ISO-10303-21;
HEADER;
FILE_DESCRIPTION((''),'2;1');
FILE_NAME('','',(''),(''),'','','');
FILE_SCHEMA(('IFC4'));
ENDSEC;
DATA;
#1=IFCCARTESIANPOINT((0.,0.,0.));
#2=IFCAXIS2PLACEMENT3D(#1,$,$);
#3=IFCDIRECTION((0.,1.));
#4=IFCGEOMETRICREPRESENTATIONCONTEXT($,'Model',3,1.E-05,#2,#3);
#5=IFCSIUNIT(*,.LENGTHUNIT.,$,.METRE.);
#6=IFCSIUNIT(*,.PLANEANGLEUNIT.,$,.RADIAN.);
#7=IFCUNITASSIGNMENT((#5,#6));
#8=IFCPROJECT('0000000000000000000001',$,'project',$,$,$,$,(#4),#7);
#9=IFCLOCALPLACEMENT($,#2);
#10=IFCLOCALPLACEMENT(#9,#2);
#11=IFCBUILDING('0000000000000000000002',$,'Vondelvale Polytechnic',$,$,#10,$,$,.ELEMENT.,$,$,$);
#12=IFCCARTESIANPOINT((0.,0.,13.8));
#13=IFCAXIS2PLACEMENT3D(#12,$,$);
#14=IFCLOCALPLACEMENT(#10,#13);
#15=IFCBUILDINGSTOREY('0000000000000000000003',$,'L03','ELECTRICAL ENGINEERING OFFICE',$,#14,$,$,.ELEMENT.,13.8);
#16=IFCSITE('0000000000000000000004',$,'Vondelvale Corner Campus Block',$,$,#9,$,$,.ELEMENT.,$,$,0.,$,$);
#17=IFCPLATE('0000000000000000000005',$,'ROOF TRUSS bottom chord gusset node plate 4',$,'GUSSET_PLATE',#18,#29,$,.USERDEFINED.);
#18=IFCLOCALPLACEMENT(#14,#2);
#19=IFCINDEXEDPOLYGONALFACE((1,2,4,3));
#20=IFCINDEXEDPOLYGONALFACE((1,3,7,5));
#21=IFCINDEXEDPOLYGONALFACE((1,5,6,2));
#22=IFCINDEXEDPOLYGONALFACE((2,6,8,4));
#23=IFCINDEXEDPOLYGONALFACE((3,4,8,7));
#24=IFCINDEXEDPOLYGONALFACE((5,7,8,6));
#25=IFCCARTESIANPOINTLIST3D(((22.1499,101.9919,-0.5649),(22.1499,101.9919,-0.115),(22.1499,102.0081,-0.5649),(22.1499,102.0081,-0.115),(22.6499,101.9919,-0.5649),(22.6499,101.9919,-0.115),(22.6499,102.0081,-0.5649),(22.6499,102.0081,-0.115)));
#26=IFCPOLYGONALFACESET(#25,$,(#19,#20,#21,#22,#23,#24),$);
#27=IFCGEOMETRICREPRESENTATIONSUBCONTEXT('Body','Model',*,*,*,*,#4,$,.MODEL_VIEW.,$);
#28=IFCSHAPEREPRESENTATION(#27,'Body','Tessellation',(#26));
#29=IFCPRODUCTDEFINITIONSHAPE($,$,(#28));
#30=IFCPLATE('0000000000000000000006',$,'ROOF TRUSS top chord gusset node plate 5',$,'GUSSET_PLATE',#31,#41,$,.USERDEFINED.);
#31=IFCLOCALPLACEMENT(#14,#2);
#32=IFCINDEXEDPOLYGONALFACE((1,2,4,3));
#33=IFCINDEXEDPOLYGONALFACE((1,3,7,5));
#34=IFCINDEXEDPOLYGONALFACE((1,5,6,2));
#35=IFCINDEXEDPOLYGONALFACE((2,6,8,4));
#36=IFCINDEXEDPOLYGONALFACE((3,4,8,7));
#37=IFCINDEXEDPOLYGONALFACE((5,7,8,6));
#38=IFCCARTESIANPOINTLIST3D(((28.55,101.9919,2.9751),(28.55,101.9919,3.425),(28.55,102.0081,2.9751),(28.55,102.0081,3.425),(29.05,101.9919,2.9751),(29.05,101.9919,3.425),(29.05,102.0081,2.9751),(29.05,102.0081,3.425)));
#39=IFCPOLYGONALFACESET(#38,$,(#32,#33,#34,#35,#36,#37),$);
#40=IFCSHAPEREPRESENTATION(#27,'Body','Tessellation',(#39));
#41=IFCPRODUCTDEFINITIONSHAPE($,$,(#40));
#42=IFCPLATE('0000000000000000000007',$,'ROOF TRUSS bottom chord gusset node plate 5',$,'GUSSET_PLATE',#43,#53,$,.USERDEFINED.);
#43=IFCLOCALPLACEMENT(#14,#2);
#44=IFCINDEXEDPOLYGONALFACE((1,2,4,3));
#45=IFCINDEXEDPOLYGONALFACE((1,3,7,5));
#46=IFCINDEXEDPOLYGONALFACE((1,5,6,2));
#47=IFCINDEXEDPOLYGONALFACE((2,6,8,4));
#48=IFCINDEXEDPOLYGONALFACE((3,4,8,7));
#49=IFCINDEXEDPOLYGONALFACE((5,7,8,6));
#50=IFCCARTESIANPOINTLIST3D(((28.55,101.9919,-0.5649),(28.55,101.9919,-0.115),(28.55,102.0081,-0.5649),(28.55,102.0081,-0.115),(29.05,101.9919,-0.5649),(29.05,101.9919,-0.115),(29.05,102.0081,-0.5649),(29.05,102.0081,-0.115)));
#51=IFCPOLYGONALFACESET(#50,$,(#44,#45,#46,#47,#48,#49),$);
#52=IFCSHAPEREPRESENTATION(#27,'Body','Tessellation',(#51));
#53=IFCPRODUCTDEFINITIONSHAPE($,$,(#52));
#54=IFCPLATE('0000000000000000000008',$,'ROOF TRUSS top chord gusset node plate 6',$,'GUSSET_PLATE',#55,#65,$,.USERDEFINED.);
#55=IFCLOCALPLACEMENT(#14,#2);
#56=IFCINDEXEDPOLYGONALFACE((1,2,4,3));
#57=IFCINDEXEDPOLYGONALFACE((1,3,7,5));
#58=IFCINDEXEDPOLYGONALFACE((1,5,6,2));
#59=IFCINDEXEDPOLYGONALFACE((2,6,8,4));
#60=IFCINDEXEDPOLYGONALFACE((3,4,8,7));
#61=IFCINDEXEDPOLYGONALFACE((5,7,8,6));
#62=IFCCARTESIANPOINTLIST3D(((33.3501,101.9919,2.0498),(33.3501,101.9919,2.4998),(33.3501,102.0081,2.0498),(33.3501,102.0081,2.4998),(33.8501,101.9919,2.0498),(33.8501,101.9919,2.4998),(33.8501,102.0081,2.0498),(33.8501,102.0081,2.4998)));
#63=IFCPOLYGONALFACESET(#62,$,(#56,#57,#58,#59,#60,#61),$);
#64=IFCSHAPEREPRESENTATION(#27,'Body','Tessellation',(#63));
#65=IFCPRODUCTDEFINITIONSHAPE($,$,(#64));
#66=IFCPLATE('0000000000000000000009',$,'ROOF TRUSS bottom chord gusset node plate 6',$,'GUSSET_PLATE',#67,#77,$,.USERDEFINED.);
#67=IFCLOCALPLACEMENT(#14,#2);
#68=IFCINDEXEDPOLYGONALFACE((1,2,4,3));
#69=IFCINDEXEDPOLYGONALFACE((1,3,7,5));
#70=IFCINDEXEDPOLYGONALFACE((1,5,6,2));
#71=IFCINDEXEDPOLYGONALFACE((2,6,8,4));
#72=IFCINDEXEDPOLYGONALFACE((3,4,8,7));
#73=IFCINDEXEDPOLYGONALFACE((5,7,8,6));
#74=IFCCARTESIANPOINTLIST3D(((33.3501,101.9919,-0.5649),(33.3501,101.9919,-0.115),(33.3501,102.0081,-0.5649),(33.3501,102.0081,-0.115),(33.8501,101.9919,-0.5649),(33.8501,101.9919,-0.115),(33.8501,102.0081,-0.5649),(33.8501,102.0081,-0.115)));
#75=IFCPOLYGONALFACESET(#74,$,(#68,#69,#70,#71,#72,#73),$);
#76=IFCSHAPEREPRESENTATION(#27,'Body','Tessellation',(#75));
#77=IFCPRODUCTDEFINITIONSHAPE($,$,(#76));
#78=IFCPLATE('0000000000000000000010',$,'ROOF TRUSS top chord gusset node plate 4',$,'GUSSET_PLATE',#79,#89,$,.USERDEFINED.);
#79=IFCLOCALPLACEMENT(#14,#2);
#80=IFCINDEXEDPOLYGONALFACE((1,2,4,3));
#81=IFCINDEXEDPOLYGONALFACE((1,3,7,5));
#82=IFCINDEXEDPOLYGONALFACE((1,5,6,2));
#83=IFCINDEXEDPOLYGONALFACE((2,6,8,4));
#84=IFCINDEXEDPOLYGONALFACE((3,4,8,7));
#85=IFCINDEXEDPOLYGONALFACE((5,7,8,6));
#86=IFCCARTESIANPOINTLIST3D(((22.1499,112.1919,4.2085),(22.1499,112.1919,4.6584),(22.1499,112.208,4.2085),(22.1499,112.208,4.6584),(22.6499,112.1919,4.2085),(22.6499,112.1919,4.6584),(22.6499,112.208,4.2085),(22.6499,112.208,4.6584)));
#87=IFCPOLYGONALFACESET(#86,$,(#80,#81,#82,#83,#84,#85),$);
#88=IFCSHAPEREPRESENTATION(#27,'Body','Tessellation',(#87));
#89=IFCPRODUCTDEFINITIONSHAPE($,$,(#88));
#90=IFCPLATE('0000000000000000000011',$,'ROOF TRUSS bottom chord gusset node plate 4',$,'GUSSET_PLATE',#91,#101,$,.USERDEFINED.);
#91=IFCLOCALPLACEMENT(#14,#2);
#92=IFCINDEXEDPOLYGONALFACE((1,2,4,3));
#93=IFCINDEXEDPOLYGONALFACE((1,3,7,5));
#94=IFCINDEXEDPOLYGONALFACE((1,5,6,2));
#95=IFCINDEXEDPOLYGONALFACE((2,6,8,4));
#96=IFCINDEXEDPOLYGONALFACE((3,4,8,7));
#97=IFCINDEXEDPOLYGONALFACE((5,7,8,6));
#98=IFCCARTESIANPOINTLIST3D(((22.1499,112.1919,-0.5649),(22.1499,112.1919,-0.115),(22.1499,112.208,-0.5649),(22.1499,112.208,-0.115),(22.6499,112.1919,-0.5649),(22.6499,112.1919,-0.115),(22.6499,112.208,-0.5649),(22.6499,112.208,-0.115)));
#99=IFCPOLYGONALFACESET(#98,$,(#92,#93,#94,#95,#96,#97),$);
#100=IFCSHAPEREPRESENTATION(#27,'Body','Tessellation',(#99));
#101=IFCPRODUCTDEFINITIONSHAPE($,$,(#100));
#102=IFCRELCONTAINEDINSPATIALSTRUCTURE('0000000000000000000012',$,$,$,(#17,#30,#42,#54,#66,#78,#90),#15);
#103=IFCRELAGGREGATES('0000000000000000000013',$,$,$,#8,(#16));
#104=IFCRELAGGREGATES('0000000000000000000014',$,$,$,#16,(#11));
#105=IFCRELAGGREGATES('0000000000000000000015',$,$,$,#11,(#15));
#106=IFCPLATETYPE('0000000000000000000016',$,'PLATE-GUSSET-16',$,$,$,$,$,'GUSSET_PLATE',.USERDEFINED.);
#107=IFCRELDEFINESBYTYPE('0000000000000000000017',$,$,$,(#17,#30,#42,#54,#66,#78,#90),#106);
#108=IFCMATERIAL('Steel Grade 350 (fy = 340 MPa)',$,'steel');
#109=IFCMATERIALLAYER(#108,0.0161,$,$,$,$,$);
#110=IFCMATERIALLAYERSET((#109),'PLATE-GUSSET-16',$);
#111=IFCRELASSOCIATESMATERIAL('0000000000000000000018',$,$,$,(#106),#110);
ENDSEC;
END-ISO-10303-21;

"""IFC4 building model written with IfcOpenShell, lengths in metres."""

from ifc_helpers import new_model, si_unit, direction, frame, origin, origin_2d, place, context, subcontext, project, spatial, rectangle, extrude, material, layer, layer_set, type_object, element, save


model = new_model("IFC4")

# Units and contexts
model_context = context("Model", 3, precision=1e-05, world=origin(), true_north=direction((0.0, 1.0)))
body_context = subcontext(model_context, "Body", "Model", "MODEL_VIEW")
ifc_project = project(units=[si_unit("LENGTHUNIT", "METRE"), si_unit("PLANEANGLEUNIT", "RADIAN")], contexts=[model_context])

# Site, building, storey
site_placement = place(None, origin())
site = spatial("IfcSite", under=ifc_project, at=site_placement, Name="Vondelvale Corner Campus Block", CompositionType="ELEMENT", RefElevation=0.0)
building_placement = place(site_placement, origin())
building = spatial("IfcBuilding", under=site, at=building_placement, Name="Vondelvale Polytechnic", CompositionType="ELEMENT")
storey_placement = place(building_placement, frame((0.0, 0.0, 13.8)))
storey = spatial("IfcBuildingStorey", under=building, at=storey_placement, Name="L03", Description="ELECTRICAL ENGINEERING OFFICE", CompositionType="ELEMENT", Elevation=13.8)

# Plates
ifc_material_1 = material(Name="Steel Grade 350 (fy = 340 MPa)", Category="steel")
ifc_layer = layer(ifc_material_1, 0.0161)
ifc_layer_set = layer_set([ifc_layer], Name="PLATE-GUSSET-16")
plate_type = type_object("IfcPlateType", Name="PLATE-GUSSET-16", ElementType="GUSSET_PLATE", PredefinedType="USERDEFINED", material=ifc_layer_set)
for number, where, z_axis, x_axis, name in (
    (1, (22.3999, 102.0, -0.5649), (0.0, 0.0, 1.0), (1.0, 0.0, 0.0), "ROOF TRUSS bottom chord gusset node plate 4"),
    (2, (28.8, 102.0, 2.9751), (0.0, 0.0, 1.0), (1.0, 0.0, 0.0), "ROOF TRUSS top chord gusset node plate 5"),
    (3, (28.8, 102.0, -0.5649), (0.0, 0.0, 1.0), (1.0, 0.0, 0.0), "ROOF TRUSS bottom chord gusset node plate 5"),
    (4, (33.6001, 102.0, 2.0498), (0.0, 0.0, 1.0), (1.0, 0.0, 0.0), "ROOF TRUSS top chord gusset node plate 6"),
    (5, (33.6001, 102.0, -0.5649), (0.0, 0.0, 1.0), (1.0, 0.0, 0.0), "ROOF TRUSS bottom chord gusset node plate 6"),
    (6, (22.3999, 112.2, 4.2085), (0.0, 0.0, 1.0), (1.0, 0.0, 0.0), "ROOF TRUSS top chord gusset node plate 4"),
    (7, (22.3999, 112.2, -0.5649), (0.0, 0.0, 1.0), (1.0, 0.0, 0.0), "ROOF TRUSS bottom chord gusset node plate 4"),
):
    element("IfcPlate", number, at=place(storey_placement, frame(where, z_axis=z_axis, x_axis=x_axis)), inside=storey, type_object=plate_type, Name=name, ObjectType="GUSSET_PLATE", PredefinedType="USERDEFINED", context=body_context, shape_type="SweptSolid", body=[
        extrude(rectangle(XDim=0.5, YDim=0.0161, at=origin_2d()), origin(), (0.0, 0.0, 1.0), 0.45),
    ])

save(model, "model.ifc")
